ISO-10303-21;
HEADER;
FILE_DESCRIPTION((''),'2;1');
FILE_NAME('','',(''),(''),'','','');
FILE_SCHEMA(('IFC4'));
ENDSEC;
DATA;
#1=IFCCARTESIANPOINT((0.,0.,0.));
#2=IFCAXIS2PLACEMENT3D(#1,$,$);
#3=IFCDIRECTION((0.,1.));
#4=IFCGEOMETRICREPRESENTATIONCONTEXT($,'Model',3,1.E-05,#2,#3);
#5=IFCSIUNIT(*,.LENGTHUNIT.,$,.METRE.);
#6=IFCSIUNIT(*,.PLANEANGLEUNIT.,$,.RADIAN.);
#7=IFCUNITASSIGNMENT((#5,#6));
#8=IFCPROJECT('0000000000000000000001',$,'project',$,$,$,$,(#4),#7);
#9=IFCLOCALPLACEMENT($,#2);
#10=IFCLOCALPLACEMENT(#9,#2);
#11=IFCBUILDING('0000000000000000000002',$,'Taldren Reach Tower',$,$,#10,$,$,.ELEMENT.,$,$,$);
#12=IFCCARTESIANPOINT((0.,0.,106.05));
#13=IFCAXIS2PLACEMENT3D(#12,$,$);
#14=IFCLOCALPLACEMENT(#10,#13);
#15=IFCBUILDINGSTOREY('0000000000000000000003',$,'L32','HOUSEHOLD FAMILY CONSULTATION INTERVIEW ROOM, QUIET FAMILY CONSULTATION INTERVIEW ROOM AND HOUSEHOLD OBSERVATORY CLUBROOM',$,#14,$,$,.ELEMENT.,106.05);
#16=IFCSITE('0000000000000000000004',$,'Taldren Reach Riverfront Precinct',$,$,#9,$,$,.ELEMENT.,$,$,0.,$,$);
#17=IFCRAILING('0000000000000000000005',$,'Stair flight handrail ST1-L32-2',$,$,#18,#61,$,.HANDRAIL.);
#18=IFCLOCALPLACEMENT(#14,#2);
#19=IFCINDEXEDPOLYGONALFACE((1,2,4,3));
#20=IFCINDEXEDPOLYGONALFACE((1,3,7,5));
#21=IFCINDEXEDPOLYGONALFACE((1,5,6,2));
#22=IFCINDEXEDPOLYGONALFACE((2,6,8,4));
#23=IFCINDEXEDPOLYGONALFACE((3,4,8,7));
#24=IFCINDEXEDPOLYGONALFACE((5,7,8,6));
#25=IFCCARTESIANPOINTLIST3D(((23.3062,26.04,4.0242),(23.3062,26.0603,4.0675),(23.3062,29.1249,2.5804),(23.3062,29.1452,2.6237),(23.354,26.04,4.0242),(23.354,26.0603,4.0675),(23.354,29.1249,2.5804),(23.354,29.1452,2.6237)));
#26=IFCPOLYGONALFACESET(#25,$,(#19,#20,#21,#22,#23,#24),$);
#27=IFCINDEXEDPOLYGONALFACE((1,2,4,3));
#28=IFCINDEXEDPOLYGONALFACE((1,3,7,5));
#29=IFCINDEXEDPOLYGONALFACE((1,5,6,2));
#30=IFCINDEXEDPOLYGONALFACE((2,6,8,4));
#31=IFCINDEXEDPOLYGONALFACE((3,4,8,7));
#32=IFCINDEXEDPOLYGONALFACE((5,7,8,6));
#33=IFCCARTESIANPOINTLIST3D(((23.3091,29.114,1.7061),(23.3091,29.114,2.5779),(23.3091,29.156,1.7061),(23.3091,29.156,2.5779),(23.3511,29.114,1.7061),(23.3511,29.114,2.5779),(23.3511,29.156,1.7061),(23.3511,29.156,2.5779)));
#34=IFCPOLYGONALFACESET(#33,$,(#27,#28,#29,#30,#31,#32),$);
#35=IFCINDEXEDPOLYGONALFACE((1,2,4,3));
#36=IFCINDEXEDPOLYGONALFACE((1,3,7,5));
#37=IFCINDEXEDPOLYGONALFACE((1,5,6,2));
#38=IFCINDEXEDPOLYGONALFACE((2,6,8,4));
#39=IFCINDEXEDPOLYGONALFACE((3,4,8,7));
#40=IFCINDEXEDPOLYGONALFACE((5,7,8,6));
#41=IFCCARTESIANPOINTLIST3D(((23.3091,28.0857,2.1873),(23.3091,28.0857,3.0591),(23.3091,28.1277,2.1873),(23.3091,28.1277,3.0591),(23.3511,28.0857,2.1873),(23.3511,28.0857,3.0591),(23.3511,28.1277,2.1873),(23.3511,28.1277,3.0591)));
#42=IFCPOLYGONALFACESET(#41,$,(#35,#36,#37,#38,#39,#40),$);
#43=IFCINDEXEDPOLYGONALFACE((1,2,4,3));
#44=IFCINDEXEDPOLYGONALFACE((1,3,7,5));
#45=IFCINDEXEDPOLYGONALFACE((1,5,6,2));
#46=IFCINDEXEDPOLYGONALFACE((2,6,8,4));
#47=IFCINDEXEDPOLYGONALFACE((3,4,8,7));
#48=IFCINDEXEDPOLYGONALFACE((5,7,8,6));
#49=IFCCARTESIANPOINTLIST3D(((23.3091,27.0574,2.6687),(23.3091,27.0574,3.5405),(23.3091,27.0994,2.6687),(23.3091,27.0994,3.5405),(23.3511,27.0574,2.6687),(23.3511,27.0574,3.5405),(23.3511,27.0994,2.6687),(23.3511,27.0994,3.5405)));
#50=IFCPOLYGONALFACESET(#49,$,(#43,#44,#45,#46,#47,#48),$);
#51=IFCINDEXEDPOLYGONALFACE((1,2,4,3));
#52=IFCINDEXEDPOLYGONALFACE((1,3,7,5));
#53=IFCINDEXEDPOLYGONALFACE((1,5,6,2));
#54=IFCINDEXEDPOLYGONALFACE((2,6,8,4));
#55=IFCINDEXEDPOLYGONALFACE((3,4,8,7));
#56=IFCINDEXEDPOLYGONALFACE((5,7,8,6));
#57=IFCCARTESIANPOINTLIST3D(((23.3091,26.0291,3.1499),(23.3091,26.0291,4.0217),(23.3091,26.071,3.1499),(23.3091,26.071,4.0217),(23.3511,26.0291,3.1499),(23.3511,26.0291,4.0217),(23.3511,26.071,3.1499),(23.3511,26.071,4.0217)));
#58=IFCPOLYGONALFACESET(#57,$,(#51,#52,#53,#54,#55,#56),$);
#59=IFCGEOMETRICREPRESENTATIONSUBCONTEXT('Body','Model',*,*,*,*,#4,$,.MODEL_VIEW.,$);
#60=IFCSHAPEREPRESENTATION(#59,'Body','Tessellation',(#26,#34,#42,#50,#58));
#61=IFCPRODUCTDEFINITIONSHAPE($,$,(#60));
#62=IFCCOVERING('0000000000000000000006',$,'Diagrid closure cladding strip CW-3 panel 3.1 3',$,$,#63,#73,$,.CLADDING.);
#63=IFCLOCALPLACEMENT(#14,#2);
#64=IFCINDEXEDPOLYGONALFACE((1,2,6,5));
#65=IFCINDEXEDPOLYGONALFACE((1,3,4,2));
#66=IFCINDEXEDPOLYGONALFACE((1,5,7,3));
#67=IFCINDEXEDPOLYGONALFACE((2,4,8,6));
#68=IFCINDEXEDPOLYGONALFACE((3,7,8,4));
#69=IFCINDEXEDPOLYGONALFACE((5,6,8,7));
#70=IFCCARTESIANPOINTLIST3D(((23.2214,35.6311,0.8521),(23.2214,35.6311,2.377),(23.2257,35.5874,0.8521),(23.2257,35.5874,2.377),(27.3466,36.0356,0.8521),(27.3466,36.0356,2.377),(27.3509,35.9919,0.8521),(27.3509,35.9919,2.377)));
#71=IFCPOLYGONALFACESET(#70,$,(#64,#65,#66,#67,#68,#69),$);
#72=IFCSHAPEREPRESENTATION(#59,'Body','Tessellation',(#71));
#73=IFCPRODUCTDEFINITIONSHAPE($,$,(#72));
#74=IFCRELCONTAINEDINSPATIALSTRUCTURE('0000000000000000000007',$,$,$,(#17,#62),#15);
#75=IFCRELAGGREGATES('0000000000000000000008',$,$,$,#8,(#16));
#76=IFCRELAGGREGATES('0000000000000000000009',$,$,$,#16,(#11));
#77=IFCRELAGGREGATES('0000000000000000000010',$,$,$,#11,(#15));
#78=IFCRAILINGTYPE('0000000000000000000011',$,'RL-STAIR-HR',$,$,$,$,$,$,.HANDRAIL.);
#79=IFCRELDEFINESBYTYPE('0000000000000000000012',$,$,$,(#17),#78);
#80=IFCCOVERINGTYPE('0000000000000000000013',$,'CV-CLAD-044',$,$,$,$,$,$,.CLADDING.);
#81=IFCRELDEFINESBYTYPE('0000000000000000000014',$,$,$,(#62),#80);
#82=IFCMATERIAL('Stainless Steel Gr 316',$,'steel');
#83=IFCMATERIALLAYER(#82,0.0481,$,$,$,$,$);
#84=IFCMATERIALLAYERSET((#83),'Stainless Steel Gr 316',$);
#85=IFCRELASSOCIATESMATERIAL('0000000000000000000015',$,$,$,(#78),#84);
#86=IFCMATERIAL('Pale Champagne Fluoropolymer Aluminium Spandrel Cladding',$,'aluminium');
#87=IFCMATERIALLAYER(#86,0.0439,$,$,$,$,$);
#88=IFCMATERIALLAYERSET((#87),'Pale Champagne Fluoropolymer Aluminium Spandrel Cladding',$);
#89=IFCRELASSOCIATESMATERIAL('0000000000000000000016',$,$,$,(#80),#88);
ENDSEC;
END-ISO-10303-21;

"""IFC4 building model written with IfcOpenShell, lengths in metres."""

from ifc_helpers import new_model, si_unit, direction, frame, origin, origin_2d, place, context, subcontext, project, spatial, rectangle, extrude, source, transform, mapped, material, layer, layer_set, type_object, element, save


model = new_model("IFC4")

# Units and contexts
model_context = context("Model", 3, precision=1e-05, world=origin(), true_north=direction((0.0, 1.0)))
body_context = subcontext(model_context, "Body", "Model", "MODEL_VIEW")
ifc_project = project(units=[si_unit("LENGTHUNIT", "METRE"), si_unit("PLANEANGLEUNIT", "RADIAN")], contexts=[model_context])

# Site, building, storey
site_placement = place(None, origin())
site = spatial("IfcSite", under=ifc_project, at=site_placement, Name="Taldren Reach Riverfront Precinct", CompositionType="ELEMENT", RefElevation=0.0)
building_placement = place(site_placement, origin())
building = spatial("IfcBuilding", under=site, at=building_placement, Name="Taldren Reach Tower", CompositionType="ELEMENT")
storey_placement = place(building_placement, frame((0.0, 0.0, 106.05)))
storey = spatial("IfcBuildingStorey", under=building, at=storey_placement, Name="L32", Description="HOUSEHOLD FAMILY CONSULTATION INTERVIEW ROOM, QUIET FAMILY CONSULTATION INTERVIEW ROOM AND HOUSEHOLD OBSERVATORY CLUBROOM", CompositionType="ELEMENT", Elevation=106.05)

# Railing
ifc_material_1 = material(Name="Stainless Steel Gr 316", Category="steel")
ifc_layer_1 = layer(ifc_material_1, 0.0481)
ifc_layer_set_1 = layer_set([ifc_layer_1], Name="Stainless Steel Gr 316")
railing_type = type_object("IfcRailingType", Name="RL-STAIR-HR", PredefinedType="HANDRAIL", material=ifc_layer_set_1)
railing_placement = place(storey_placement, frame((23.3301, 29.135, 1.7061)))
element("IfcRailing", 1, at=railing_placement, inside=storey, type_object=railing_type, Name="Stair flight handrail ST1-L32-2", PredefinedType="HANDRAIL", context=body_context, shape_type="SweptSolid", body=[
    extrude(rectangle(XDim=0.0479, YDim=0.0479, at=origin_2d()), frame((0.0, 0.0, 0.896), z_axis=(0.0, -0.90571, 0.423898), x_axis=(1.0, 0.0, 0.0)), (0.0, 0.0, 1.0), 3.406),
    extrude(rectangle(XDim=0.042, YDim=0.042, at=origin_2d()), origin(), (0.0, 0.0, 1.0), 0.8718),
    extrude(rectangle(XDim=0.042, YDim=0.042, at=origin_2d()), frame((0.0, -1.0283, 0.4812)), (0.0, 0.0, 1.0), 0.8718),
    extrude(rectangle(XDim=0.042, YDim=0.042, at=origin_2d()), frame((0.0, -2.0566, 0.9626)), (0.0, 0.0, 1.0), 0.8718),
    extrude(rectangle(XDim=0.042, YDim=0.042, at=origin_2d()), frame((0.0, -3.085, 1.4438)), (0.0, 0.0, 1.0), 0.8718),
])

# Covering
ifc_material_2 = material(Name="Pale Champagne Fluoropolymer Aluminium Spandrel Cladding", Category="aluminium")
ifc_layer_2 = layer(ifc_material_2, 0.0439)
ifc_layer_set_2 = layer_set([ifc_layer_2], Name="Pale Champagne Fluoropolymer Aluminium Spandrel Cladding")
covering_type = type_object("IfcCoveringType", Name="CV-CLAD-044", PredefinedType="CLADDING", material=ifc_layer_set_2)
shared_shape_1 = source(origin(), body_context, "Body", "SweptSolid", [
    extrude(rectangle(XDim=4.145, YDim=0.0439, at=origin_2d()), origin(), (0.0, 0.0, 1.0), 1.5249),
])
covering_placement = place(storey_placement, frame((25.2861, 35.8115, 0.8521), z_axis=(0.0, 0.0, 1.0), x_axis=(-0.995227, -0.097583, 0.0)))
element("IfcCovering", 2, at=covering_placement, inside=storey, type_object=covering_type, Name="Diagrid closure cladding strip CW-3 panel 3.1 3", PredefinedType="CLADDING", context=body_context, shape_type="MappedRepresentation", body=[
    mapped(shared_shape_1, transform((0.0, 0.0, 0.0), scale=1.0)),
])

save(model, "model.ifc")
